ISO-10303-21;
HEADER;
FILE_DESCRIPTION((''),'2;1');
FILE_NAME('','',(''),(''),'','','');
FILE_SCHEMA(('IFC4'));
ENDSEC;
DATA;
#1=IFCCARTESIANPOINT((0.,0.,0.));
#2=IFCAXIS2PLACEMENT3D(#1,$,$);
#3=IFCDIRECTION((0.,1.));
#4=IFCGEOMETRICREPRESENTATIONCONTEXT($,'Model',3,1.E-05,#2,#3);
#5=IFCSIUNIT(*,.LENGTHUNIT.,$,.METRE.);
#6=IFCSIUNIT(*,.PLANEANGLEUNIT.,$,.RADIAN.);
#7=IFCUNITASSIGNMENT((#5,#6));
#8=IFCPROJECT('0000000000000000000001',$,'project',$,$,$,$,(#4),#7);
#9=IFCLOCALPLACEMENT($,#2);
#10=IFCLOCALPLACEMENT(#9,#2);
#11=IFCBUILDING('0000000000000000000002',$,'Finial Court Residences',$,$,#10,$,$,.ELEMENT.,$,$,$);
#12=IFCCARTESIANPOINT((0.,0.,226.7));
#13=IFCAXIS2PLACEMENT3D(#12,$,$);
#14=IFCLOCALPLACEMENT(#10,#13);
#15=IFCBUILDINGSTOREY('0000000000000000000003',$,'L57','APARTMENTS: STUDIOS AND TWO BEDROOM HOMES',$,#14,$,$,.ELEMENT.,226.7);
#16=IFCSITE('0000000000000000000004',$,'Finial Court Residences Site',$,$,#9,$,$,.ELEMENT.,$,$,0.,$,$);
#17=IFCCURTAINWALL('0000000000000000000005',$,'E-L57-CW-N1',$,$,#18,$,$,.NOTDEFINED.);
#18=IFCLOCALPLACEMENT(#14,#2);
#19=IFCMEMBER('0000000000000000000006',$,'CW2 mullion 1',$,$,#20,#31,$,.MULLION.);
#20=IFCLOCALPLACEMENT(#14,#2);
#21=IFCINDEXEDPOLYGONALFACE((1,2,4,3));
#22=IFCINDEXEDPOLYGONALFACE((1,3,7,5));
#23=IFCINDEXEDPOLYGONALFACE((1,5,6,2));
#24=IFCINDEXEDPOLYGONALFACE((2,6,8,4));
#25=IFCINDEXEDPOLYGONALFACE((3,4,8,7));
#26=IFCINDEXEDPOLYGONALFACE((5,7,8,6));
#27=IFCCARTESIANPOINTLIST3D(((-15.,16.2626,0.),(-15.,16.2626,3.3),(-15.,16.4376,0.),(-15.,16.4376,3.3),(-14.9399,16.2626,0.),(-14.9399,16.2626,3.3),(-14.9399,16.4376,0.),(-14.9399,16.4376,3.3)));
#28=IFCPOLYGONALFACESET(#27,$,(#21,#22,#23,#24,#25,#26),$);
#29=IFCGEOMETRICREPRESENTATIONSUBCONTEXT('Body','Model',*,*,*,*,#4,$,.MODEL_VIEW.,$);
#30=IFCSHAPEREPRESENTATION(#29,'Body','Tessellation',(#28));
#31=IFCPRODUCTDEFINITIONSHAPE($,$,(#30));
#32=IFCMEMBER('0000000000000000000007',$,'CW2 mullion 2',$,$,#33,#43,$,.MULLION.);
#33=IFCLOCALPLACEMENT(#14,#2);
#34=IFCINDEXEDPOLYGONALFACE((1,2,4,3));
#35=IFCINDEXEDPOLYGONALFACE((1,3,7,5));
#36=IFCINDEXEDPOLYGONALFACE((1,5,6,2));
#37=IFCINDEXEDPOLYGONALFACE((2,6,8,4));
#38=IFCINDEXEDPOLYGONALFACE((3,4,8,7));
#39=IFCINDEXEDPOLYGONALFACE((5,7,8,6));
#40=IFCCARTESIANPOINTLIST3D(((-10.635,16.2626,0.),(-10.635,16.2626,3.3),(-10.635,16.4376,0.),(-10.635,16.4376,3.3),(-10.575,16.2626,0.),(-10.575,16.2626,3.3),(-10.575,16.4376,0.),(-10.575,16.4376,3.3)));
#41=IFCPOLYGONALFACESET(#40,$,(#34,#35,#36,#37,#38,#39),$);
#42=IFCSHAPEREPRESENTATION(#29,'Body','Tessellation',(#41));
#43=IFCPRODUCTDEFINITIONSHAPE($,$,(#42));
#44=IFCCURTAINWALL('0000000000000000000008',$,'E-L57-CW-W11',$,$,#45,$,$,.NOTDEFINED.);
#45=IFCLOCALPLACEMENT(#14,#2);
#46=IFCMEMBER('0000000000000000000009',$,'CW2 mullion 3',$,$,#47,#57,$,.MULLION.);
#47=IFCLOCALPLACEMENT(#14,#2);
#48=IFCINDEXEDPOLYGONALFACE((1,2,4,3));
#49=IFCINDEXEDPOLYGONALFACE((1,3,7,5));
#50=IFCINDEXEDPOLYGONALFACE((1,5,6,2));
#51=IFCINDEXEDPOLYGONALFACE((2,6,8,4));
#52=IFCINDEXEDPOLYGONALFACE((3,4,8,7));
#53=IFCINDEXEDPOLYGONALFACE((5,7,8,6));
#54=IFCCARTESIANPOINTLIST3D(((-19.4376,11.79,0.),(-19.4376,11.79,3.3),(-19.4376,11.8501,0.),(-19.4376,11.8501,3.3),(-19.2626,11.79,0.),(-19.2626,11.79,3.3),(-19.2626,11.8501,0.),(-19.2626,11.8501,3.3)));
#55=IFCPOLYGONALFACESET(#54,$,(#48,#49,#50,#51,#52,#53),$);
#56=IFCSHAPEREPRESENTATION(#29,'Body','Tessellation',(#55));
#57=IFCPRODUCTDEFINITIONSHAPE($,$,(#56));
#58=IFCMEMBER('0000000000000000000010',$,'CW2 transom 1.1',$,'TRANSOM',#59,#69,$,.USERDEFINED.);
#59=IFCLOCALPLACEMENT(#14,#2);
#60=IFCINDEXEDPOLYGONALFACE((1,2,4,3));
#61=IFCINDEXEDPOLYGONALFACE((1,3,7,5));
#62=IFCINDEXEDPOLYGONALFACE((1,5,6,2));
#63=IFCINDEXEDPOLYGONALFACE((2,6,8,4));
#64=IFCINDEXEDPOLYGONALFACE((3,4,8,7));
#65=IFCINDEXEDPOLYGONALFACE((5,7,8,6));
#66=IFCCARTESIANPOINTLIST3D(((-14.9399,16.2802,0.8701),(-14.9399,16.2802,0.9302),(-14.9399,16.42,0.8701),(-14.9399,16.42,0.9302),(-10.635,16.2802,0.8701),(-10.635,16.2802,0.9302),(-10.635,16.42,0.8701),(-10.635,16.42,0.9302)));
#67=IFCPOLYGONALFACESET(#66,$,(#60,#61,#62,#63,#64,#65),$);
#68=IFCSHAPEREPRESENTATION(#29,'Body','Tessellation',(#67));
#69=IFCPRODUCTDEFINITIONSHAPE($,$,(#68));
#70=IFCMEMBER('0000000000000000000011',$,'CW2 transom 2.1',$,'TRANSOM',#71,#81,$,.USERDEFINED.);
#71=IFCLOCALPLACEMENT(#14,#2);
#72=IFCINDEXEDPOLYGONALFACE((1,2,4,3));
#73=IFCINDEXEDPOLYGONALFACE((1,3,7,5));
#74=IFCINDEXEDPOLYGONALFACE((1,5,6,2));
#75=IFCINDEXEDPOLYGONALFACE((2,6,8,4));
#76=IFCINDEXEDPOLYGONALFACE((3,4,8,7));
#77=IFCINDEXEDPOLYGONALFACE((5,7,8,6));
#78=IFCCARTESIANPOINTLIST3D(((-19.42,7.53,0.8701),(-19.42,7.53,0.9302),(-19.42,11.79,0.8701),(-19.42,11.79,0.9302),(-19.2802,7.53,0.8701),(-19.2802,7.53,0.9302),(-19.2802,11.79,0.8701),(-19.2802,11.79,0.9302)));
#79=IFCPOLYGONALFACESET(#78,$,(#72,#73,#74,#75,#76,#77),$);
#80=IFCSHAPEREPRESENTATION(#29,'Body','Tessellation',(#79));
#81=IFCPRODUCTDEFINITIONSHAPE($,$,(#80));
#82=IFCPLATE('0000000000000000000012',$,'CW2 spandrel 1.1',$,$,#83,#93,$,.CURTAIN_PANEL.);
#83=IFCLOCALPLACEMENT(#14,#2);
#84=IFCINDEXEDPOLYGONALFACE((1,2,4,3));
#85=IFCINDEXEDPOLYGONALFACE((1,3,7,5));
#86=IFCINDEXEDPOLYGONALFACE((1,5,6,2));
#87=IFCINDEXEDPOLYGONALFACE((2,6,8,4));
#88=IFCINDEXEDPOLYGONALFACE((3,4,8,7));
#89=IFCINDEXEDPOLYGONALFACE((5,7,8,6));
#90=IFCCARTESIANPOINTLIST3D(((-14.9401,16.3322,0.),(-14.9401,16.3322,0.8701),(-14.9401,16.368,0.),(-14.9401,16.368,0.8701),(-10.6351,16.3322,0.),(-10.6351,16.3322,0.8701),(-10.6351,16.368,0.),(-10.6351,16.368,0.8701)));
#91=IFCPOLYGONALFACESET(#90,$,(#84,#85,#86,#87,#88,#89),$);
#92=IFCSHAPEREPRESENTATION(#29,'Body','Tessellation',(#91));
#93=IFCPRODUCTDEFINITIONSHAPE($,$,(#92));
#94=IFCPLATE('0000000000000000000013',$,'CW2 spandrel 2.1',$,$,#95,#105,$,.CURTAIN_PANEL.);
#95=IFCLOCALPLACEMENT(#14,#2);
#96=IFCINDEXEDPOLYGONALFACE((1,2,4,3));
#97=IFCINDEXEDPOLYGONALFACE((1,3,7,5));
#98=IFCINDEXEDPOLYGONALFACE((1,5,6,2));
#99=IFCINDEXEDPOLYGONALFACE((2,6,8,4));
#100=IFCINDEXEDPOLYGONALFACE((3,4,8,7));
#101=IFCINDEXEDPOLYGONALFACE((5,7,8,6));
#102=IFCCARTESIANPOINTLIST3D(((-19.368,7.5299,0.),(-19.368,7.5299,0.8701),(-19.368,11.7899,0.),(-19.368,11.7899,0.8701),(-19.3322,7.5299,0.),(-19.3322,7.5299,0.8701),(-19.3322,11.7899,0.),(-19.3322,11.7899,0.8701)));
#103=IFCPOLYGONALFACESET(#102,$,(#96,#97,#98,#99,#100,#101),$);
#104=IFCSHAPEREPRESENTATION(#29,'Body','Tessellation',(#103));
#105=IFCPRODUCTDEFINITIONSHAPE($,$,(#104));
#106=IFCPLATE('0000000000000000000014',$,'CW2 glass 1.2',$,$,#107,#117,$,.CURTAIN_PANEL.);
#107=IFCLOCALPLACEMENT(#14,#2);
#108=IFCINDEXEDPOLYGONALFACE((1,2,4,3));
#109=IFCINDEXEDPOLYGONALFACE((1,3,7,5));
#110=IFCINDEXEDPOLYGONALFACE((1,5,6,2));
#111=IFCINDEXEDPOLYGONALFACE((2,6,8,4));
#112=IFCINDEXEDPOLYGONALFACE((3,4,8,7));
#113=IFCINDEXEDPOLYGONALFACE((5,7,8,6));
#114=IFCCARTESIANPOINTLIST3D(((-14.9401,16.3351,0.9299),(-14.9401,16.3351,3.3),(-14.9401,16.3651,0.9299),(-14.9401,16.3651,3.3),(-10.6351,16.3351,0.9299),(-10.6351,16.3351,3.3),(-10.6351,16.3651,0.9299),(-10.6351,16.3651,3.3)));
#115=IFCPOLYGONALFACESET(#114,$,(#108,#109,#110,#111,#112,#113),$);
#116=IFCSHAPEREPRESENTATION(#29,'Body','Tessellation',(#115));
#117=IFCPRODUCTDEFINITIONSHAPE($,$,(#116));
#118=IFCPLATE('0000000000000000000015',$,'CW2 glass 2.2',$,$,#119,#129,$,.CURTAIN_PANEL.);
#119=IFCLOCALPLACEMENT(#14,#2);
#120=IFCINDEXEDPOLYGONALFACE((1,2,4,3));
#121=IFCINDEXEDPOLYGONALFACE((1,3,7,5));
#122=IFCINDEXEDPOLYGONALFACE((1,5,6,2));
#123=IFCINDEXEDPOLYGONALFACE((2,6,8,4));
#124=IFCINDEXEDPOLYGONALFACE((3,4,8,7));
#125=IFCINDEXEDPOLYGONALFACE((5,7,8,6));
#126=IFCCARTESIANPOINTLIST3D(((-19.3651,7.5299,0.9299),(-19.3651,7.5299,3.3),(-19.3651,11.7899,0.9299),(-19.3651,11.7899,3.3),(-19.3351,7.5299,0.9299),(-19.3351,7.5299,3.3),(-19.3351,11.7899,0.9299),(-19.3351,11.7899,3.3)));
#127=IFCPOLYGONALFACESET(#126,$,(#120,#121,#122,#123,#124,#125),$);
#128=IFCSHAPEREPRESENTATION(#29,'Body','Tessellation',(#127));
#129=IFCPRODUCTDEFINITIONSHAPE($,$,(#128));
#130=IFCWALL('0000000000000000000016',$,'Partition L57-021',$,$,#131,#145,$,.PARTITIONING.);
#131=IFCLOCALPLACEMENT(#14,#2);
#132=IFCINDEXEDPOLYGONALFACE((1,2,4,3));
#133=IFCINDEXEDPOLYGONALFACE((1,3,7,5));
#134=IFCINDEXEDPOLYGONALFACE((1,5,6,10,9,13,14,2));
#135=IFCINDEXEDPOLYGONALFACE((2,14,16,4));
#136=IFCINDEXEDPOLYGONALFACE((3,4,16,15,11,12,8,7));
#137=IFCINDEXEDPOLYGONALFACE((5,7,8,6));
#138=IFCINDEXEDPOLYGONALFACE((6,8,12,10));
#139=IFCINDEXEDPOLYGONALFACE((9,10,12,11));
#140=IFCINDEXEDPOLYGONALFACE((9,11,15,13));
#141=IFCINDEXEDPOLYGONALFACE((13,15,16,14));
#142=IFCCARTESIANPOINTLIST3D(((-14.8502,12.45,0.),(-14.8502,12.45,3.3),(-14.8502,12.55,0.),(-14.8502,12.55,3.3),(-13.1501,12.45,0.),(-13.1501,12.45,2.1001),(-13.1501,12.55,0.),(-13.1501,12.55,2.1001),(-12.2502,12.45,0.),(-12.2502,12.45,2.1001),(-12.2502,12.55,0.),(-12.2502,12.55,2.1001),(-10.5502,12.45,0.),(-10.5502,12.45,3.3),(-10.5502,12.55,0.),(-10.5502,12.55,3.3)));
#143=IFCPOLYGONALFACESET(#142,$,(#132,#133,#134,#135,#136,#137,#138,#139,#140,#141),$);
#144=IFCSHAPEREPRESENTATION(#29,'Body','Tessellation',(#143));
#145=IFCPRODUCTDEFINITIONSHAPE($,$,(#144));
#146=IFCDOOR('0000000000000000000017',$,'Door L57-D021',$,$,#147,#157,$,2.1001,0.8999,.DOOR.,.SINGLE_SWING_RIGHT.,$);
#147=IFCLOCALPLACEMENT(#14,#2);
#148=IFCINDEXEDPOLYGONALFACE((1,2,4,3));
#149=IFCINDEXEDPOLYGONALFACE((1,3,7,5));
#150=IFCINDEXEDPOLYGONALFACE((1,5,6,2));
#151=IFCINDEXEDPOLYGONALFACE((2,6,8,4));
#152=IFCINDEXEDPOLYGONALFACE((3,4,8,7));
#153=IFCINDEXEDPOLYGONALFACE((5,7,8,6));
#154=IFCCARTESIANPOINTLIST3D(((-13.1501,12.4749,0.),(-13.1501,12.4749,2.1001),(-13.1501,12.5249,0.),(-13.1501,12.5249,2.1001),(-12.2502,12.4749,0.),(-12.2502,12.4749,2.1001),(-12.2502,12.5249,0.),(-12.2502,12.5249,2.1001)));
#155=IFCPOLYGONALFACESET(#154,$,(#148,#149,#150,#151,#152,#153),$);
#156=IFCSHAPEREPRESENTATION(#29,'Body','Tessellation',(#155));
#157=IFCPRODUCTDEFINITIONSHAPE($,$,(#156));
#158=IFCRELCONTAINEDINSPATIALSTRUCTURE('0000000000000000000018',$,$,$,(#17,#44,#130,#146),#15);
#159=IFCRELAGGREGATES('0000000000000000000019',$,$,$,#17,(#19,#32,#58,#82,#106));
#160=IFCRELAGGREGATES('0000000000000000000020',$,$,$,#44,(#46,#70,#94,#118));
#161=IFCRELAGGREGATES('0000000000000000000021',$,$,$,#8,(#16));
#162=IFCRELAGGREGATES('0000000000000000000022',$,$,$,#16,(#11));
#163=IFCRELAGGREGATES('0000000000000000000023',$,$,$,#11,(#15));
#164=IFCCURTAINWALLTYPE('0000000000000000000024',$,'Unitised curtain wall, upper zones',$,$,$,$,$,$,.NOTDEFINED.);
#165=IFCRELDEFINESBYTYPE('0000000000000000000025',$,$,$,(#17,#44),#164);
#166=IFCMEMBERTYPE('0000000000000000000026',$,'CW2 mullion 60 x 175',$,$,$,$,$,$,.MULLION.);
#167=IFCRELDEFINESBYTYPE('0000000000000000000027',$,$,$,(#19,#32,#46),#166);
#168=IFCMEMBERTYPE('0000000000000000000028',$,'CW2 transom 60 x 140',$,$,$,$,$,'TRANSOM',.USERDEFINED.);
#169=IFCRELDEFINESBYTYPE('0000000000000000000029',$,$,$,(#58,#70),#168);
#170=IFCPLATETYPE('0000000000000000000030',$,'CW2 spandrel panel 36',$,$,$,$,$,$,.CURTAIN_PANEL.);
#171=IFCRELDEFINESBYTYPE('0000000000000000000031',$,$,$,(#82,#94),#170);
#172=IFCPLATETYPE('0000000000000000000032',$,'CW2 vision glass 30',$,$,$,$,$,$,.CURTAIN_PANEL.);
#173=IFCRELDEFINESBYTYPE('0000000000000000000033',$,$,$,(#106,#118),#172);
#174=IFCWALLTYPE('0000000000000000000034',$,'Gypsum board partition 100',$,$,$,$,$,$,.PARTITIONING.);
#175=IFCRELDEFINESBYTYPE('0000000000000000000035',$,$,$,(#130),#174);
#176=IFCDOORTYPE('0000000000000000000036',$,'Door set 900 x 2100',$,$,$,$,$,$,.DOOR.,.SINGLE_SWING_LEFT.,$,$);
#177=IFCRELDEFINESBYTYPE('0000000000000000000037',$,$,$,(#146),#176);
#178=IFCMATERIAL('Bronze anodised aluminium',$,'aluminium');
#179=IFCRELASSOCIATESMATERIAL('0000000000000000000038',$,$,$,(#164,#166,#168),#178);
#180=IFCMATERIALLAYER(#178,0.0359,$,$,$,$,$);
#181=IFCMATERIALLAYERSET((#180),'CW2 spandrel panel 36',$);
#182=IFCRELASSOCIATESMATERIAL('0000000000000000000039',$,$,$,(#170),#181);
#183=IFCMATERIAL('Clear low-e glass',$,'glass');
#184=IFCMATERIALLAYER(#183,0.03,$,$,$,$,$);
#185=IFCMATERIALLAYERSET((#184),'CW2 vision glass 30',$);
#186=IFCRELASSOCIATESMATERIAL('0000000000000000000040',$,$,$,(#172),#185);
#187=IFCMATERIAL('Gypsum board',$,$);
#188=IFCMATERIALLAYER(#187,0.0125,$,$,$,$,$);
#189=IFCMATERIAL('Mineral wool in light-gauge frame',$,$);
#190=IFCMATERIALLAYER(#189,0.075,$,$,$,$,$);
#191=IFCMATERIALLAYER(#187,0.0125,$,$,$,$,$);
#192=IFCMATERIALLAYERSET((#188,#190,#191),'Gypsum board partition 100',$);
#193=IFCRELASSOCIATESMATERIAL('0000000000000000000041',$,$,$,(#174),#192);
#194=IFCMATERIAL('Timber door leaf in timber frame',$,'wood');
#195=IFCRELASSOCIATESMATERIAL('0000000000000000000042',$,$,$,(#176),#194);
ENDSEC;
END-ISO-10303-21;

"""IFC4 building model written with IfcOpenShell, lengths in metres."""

from ifc_helpers import new_model, si_unit, direction, frame, frame_2d, origin, origin_2d, place, context, subcontext, project, spatial, rectangle, extrude, material, layer, layer_set, material_profile, profile_set, type_object, element, fill, aggregate, save


model = new_model("IFC4")

# Units and contexts
model_context = context("Model", 3, precision=1e-05, world=origin(), true_north=direction((0.0, 1.0)))
body_context = subcontext(model_context, "Body", "Model", "MODEL_VIEW")
ifc_project = project(units=[si_unit("LENGTHUNIT", "METRE"), si_unit("PLANEANGLEUNIT", "RADIAN")], contexts=[model_context])

# Site, building, storey
site_placement = place(None, origin())
site = spatial("IfcSite", under=ifc_project, at=site_placement, Name="Finial Court Residences Site", CompositionType="ELEMENT", RefElevation=0.0)
building_placement = place(site_placement, origin())
building = spatial("IfcBuilding", under=site, at=building_placement, Name="Finial Court Residences", CompositionType="ELEMENT")
storey_placement = place(building_placement, frame((0.0, 0.0, 226.7)))
storey = spatial("IfcBuildingStorey", under=building, at=storey_placement, Name="L57", Description="APARTMENTS: STUDIOS AND TWO BEDROOM HOMES", CompositionType="ELEMENT", Elevation=226.7)

# Curtain wall, members
ifc_material_1 = material(Name="Bronze anodised aluminium", Category="aluminium")
curtain_wall_type = type_object("IfcCurtainWallType", Name="Unitised curtain wall, upper zones", PredefinedType="NOTDEFINED", material=ifc_material_1)
curtain_wall_1_placement = place(storey_placement, origin())
curtain_wall_1 = element("IfcCurtainWall", 1, at=curtain_wall_1_placement, inside=storey, type_object=curtain_wall_type, Name="E-L57-CW-N1", PredefinedType="NOTDEFINED")
ifc_material_profile_1 = material_profile(ifc_material_1, rectangle(XDim=0.175, YDim=0.0601, at=origin_2d()), Name="CW2 mullion 60 x 175")
ifc_profile_set_1 = profile_set([ifc_material_profile_1], Name="Bronze anodised aluminium")
member_type_1 = type_object("IfcMemberType", Name="CW2 mullion 60 x 175", PredefinedType="MULLION", material=ifc_profile_set_1)
member_1_placement = place(storey_placement, frame((-14.97, 16.3501, 0.0), z_axis=(0.0, 0.0, 1.0), x_axis=(0.0, 1.0, 0.0)))
member_1 = element("IfcMember", 2, at=member_1_placement, type_object=member_type_1, Name="CW2 mullion 1", PredefinedType="MULLION", context=body_context, shape_type="SweptSolid", body=[
    extrude(rectangle(XDim=0.175, YDim=0.0601, at=origin_2d()), origin(), (0.0, 0.0, 1.0), 3.3),
])
member_2_placement = place(storey_placement, frame((-10.605, 16.3501, 0.0), z_axis=(0.0, 0.0, 1.0), x_axis=(0.0, 1.0, 0.0)))
member_2 = element("IfcMember", 3, at=member_2_placement, type_object=member_type_1, Name="CW2 mullion 2", PredefinedType="MULLION", context=body_context, shape_type="SweptSolid", body=[
    extrude(rectangle(XDim=0.175, YDim=0.0601, at=origin_2d()), origin(), (0.0, 0.0, 1.0), 3.3),
])

# Curtain wall, member
curtain_wall_2_placement = place(storey_placement, origin())
curtain_wall_2 = element("IfcCurtainWall", 4, at=curtain_wall_2_placement, inside=storey, type_object=curtain_wall_type, Name="E-L57-CW-W11", PredefinedType="NOTDEFINED")
member_3_placement = place(storey_placement, frame((-19.3501, 11.8201, 0.0), z_axis=(0.0, 0.0, 1.0), x_axis=(-1.0, 0.0, 0.0)))
member_3 = element("IfcMember", 5, at=member_3_placement, type_object=member_type_1, Name="CW2 mullion 3", PredefinedType="MULLION", context=body_context, shape_type="SweptSolid", body=[
    extrude(rectangle(XDim=0.175, YDim=0.0601, at=origin_2d()), origin(), (0.0, 0.0, 1.0), 3.3),
])

# Members
ifc_material_profile_2 = material_profile(ifc_material_1, rectangle(XDim=0.1399, YDim=0.0601, at=origin_2d()), Name="CW2 transom 60 x 140")
ifc_profile_set_2 = profile_set([ifc_material_profile_2], Name="Bronze anodised aluminium")
member_type_2 = type_object("IfcMemberType", Name="CW2 transom 60 x 140", ElementType="TRANSOM", PredefinedType="USERDEFINED", material=ifc_profile_set_2)
member_4_placement = place(storey_placement, frame((-14.9399, 16.3501, 0.9001), z_axis=(1.0, 0.0, 0.0), x_axis=(0.0, 1.0, 0.0)))
member_4 = element("IfcMember", 6, at=member_4_placement, type_object=member_type_2, Name="CW2 transom 1.1", ObjectType="TRANSOM", PredefinedType="USERDEFINED", context=body_context, shape_type="SweptSolid", body=[
    extrude(rectangle(XDim=0.1399, YDim=0.0601, at=origin_2d()), origin(), (0.0, 0.0, 1.0), 4.3049),
])
member_5_placement = place(storey_placement, frame((-19.3501, 7.53, 0.9001), z_axis=(0.0, 1.0, 0.0), x_axis=(-1.0, 0.0, 0.0)))
member_5 = element("IfcMember", 7, at=member_5_placement, type_object=member_type_2, Name="CW2 transom 2.1", ObjectType="TRANSOM", PredefinedType="USERDEFINED", context=body_context, shape_type="SweptSolid", body=[
    extrude(rectangle(XDim=0.1399, YDim=0.0601, at=origin_2d()), origin(), (0.0, 0.0, 1.0), 4.26),
])

# Plates
ifc_layer_1 = layer(ifc_material_1, 0.0359)
ifc_layer_set_1 = layer_set([ifc_layer_1], Name="CW2 spandrel panel 36")
plate_type_1 = type_object("IfcPlateType", Name="CW2 spandrel panel 36", PredefinedType="CURTAIN_PANEL", material=ifc_layer_set_1)
plate_1_placement = place(storey_placement, frame((-12.7876, 16.3501, 0.0), z_axis=(0.0, 0.0, 1.0), x_axis=(1.0, 0.0, 0.0)))
plate_1 = element("IfcPlate", 8, at=plate_1_placement, type_object=plate_type_1, Name="CW2 spandrel 1.1", PredefinedType="CURTAIN_PANEL", context=body_context, shape_type="SweptSolid", body=[
    extrude(rectangle(XDim=4.3049, YDim=0.0359, at=origin_2d()), origin(), (0.0, 0.0, 1.0), 0.8701),
])
plate_2_placement = place(storey_placement, frame((-19.3501, 9.6599, 0.0), z_axis=(0.0, 0.0, 1.0), x_axis=(0.0, 1.0, 0.0)))
plate_2 = element("IfcPlate", 9, at=plate_2_placement, type_object=plate_type_1, Name="CW2 spandrel 2.1", PredefinedType="CURTAIN_PANEL", context=body_context, shape_type="SweptSolid", body=[
    extrude(rectangle(XDim=4.26, YDim=0.0359, at=origin_2d()), origin(), (0.0, 0.0, 1.0), 0.8701),
])
ifc_material_2 = material(Name="Clear low-e glass", Category="glass")
ifc_layer_2 = layer(ifc_material_2, 0.03)
ifc_layer_set_2 = layer_set([ifc_layer_2], Name="CW2 vision glass 30")
plate_type_2 = type_object("IfcPlateType", Name="CW2 vision glass 30", PredefinedType="CURTAIN_PANEL", material=ifc_layer_set_2)
plate_3_placement = place(storey_placement, frame((-12.7876, 16.3501, 0.9299), z_axis=(0.0, 0.0, 1.0), x_axis=(1.0, 0.0, 0.0)))
plate_3 = element("IfcPlate", 10, at=plate_3_placement, type_object=plate_type_2, Name="CW2 glass 1.2", PredefinedType="CURTAIN_PANEL", context=body_context, shape_type="SweptSolid", body=[
    extrude(rectangle(XDim=4.3049, YDim=0.03, at=origin_2d()), origin(), (0.0, 0.0, 1.0), 2.3701),
])
aggregate(curtain_wall_1, [member_1, member_2, member_4, plate_1, plate_3])
plate_4_placement = place(storey_placement, frame((-19.3501, 9.6599, 0.9299), z_axis=(0.0, 0.0, 1.0), x_axis=(0.0, 1.0, 0.0)))
plate_4 = element("IfcPlate", 11, at=plate_4_placement, type_object=plate_type_2, Name="CW2 glass 2.2", PredefinedType="CURTAIN_PANEL", context=body_context, shape_type="SweptSolid", body=[
    extrude(rectangle(XDim=4.26, YDim=0.03, at=origin_2d()), origin(), (0.0, 0.0, 1.0), 2.3701),
])
aggregate(curtain_wall_2, [member_3, member_5, plate_2, plate_4])

# Wall, opening, door
ifc_material_3 = material(Name="Gypsum board")
ifc_layer_3 = layer(ifc_material_3, 0.0125)
ifc_material_4 = material(Name="Mineral wool in light-gauge frame")
ifc_layer_4 = layer(ifc_material_4, 0.075)
ifc_layer_5 = layer(ifc_material_3, 0.0125)
ifc_layer_set_3 = layer_set([ifc_layer_3, ifc_layer_4, ifc_layer_5], Name="Gypsum board partition 100")
wall_type_1 = type_object("IfcWallType", Name="Gypsum board partition 100", PredefinedType="PARTITIONING", material=ifc_layer_set_3)
wall_1_placement = place(storey_placement, frame((-14.8501, 12.5, 0.0), z_axis=(0.0, 0.0, 1.0), x_axis=(1.0, 0.0, 0.0)))
wall_1 = element("IfcWall", 12, at=wall_1_placement, inside=storey, type_object=wall_type_1, Name="Partition L57-021", PredefinedType="PARTITIONING", context=body_context, shape_type="SweptSolid", body=[
    extrude(rectangle(XDim=4.3, YDim=0.1001, at=frame_2d((2.1499, 0.0))), origin(), (0.0, 0.0, 1.0), 3.3),
])
opening_1_placement = place(wall_1_placement, frame((1.7, 0.0, 0.0)))
opening_1 = element("IfcOpeningElement", 13, at=opening_1_placement, cuts=wall_1, PredefinedType="OPENING", context=body_context, shape_type="SweptSolid", body=[
    extrude(rectangle(XDim=0.8999, YDim=2.1001, at=frame_2d((0.45, 1.05))), frame((0.0, 0.0601, 0.0), z_axis=(0.0, -1.0, 0.0), x_axis=(1.0, 0.0, 0.0)), (0.0, 0.0, 1.0), 0.1201),
])
ifc_material_5 = material(Name="Timber door leaf in timber frame", Category="wood")
door_type = type_object("IfcDoorType", Name="Door set 900 x 2100", OperationType="SINGLE_SWING_LEFT", PredefinedType="DOOR", material=ifc_material_5)
door_placement = place(opening_1_placement, origin())
door = element("IfcDoor", 14, at=door_placement, inside=storey, type_object=door_type, Name="Door L57-D021", OperationType="SINGLE_SWING_RIGHT", OverallHeight=2.1001, OverallWidth=0.8999, PredefinedType="DOOR", context=body_context, shape_type="SweptSolid", body=[
    extrude(rectangle(XDim=0.8999, YDim=2.1001, at=frame_2d((0.45, 1.05))), frame((0.0, 0.0249, 0.0), z_axis=(0.0, -1.0, 0.0), x_axis=(1.0, 0.0, 0.0)), (0.0, 0.0, 1.0), 0.05),
])
fill(opening_1, door)

save(model, "model.ifc")
